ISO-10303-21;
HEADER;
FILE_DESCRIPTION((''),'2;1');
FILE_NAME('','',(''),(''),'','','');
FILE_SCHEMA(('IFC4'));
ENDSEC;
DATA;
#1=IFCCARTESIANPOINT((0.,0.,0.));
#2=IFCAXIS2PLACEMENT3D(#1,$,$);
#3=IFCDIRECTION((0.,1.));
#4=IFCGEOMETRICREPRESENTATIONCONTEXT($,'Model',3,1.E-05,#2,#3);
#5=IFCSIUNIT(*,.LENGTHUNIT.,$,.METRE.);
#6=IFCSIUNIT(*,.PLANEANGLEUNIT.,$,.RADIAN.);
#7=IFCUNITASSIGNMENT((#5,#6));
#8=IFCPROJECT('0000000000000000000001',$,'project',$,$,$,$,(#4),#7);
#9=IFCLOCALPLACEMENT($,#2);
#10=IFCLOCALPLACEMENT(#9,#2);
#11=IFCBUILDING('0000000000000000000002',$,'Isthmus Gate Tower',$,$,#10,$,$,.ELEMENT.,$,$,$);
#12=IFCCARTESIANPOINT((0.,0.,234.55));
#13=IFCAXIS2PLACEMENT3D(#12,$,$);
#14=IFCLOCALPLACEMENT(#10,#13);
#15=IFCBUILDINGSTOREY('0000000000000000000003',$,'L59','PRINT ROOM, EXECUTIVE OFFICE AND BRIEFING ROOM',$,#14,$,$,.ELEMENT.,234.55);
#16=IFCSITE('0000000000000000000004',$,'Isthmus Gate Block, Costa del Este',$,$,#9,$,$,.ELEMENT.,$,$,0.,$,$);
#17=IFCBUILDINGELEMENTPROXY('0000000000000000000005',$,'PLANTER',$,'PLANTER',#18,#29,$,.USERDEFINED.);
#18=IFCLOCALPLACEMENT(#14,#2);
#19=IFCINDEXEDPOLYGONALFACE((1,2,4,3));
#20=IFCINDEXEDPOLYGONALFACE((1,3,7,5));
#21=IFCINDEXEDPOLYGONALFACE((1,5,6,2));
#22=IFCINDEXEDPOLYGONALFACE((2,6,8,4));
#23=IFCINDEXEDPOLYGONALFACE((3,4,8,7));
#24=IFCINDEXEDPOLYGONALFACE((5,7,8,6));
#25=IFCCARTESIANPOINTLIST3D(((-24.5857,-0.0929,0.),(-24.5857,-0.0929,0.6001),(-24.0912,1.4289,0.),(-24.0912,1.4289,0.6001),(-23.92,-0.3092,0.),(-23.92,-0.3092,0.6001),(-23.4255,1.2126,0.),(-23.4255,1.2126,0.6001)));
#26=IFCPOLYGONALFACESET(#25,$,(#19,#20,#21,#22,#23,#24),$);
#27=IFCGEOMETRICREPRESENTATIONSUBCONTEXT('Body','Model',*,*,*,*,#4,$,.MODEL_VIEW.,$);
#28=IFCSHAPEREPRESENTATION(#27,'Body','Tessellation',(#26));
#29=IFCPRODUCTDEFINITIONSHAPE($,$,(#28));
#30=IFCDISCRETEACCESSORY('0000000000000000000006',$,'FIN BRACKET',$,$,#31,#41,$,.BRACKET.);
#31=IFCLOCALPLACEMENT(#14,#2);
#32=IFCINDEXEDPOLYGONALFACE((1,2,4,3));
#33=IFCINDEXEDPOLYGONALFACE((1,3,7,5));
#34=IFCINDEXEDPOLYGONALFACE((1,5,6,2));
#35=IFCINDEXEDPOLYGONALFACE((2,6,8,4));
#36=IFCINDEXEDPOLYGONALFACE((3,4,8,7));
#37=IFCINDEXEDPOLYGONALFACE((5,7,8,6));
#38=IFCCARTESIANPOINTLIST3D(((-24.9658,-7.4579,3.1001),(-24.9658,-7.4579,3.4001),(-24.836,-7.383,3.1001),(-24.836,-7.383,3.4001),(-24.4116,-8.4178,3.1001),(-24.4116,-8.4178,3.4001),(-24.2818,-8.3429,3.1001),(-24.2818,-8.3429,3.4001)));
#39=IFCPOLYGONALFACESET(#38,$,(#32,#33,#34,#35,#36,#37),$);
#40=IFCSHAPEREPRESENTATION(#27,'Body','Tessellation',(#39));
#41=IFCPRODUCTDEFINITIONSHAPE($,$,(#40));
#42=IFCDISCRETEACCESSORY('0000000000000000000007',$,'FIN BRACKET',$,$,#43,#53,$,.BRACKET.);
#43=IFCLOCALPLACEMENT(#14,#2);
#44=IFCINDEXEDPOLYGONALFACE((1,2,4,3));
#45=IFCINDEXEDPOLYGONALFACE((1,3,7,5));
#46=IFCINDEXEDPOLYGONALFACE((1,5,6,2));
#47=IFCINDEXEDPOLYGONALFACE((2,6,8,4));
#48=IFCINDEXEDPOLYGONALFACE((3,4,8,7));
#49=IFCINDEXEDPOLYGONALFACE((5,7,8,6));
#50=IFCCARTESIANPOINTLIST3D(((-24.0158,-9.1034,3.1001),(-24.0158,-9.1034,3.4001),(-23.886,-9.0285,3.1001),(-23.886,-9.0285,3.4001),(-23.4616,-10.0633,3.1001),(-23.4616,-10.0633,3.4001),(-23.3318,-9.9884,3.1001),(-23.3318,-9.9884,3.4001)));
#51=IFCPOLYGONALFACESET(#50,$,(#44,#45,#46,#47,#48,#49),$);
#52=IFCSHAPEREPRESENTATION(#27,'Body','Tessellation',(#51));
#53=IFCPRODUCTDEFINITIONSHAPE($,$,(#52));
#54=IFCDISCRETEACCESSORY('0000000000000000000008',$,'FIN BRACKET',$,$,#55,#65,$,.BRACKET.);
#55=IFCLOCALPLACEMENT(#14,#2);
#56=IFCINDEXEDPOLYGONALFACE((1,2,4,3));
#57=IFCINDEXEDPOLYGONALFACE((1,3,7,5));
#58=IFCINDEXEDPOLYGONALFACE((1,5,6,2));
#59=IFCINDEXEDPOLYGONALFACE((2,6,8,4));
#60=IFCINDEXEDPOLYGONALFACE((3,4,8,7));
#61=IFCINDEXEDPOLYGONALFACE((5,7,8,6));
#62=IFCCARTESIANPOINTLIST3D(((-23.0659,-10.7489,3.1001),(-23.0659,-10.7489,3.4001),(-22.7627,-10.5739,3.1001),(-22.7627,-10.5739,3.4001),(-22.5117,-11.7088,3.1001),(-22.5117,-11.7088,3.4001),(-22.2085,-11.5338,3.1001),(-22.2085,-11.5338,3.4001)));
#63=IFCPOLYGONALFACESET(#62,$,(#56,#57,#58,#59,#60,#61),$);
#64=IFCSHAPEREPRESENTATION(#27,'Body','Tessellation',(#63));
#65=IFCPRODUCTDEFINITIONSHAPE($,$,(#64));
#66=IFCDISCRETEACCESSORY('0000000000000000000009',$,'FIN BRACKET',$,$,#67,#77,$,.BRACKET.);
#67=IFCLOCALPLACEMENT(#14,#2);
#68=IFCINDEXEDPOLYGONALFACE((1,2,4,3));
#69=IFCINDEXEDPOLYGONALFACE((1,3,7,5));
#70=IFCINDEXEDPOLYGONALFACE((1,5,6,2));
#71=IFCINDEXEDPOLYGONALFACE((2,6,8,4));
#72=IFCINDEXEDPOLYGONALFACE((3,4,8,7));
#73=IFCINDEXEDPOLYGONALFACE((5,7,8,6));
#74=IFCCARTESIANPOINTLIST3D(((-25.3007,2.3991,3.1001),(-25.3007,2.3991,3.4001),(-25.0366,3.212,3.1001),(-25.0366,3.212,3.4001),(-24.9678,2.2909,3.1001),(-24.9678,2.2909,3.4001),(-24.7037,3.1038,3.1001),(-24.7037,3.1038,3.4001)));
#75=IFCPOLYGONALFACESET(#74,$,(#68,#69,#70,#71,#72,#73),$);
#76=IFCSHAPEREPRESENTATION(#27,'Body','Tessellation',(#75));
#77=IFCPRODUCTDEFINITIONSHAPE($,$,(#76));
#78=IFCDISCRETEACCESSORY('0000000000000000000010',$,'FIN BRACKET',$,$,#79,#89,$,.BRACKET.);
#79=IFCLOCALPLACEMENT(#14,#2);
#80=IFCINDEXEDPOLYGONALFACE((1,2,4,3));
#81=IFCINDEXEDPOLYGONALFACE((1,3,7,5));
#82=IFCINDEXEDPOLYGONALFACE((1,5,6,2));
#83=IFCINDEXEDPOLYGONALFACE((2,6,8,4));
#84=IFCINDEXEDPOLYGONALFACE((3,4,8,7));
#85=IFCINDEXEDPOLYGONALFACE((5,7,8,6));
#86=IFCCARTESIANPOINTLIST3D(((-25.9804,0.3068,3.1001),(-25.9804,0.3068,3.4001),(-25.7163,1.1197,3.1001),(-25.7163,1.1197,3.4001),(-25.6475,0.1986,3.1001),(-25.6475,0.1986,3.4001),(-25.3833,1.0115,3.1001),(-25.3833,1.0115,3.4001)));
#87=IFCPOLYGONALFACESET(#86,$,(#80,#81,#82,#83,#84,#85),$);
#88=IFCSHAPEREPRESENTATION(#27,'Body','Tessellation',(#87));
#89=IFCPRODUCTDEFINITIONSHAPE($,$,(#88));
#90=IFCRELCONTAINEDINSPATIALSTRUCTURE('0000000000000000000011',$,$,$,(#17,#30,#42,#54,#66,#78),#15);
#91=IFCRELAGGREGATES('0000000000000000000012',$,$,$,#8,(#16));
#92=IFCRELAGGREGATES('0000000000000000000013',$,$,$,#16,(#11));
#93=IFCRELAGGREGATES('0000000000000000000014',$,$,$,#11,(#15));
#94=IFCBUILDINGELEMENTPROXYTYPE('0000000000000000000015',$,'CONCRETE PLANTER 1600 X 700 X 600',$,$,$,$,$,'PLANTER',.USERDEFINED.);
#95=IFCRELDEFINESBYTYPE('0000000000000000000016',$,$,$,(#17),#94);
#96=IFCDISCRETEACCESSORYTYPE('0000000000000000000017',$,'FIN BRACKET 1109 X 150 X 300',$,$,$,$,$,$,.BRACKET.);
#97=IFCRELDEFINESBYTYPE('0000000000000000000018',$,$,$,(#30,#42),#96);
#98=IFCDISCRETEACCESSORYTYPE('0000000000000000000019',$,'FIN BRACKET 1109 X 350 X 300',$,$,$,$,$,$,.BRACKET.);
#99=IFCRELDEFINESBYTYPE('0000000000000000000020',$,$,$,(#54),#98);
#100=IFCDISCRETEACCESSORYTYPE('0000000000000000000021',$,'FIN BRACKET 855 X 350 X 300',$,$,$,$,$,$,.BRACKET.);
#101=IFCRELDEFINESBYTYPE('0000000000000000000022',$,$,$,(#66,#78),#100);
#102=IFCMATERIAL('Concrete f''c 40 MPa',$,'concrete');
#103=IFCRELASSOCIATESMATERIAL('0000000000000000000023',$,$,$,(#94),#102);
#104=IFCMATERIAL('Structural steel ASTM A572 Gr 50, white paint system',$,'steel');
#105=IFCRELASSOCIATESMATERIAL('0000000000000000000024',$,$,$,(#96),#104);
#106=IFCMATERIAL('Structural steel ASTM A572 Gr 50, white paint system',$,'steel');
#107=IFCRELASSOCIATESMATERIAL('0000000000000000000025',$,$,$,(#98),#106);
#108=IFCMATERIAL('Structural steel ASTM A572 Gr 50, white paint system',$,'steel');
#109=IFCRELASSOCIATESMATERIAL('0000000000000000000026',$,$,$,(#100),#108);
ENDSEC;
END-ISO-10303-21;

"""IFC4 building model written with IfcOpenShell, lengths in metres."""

from ifc_helpers import new_model, si_unit, direction, frame, origin, origin_2d, place, context, subcontext, project, spatial, rectangle, extrude, material, type_object, element, save


model = new_model("IFC4")

# Units and contexts
model_context = context("Model", 3, precision=1e-05, world=origin(), true_north=direction((0.0, 1.0)))
body_context = subcontext(model_context, "Body", "Model", "MODEL_VIEW")
ifc_project = project(units=[si_unit("LENGTHUNIT", "METRE"), si_unit("PLANEANGLEUNIT", "RADIAN")], contexts=[model_context])

# Site, building, storey
site_placement = place(None, origin())
site = spatial("IfcSite", under=ifc_project, at=site_placement, Name="Isthmus Gate Block, Costa del Este", CompositionType="ELEMENT", RefElevation=0.0)
building_placement = place(site_placement, origin())
building = spatial("IfcBuilding", under=site, at=building_placement, Name="Isthmus Gate Tower", CompositionType="ELEMENT")
storey_placement = place(building_placement, frame((0.0, 0.0, 234.55)))
storey = spatial("IfcBuildingStorey", under=building, at=storey_placement, Name="L59", Description="PRINT ROOM, EXECUTIVE OFFICE AND BRIEFING ROOM", CompositionType="ELEMENT", Elevation=234.55)

# Building element proxy
ifc_material_1 = material(Name="Concrete f'c 40 MPa", Category="concrete")
building_element_proxy_type = type_object("IfcBuildingElementProxyType", Name="CONCRETE PLANTER 1600 X 700 X 600", ElementType="PLANTER", PredefinedType="USERDEFINED", material=ifc_material_1)
for number, where, z_axis, x_axis, name in (
    (1, (-24.0056, 0.5598, 0.0), (0.0, 0.0, 1.0), (-0.309017, -0.951057, 0.0), "PLANTER"),
):
    element("IfcBuildingElementProxy", number, at=place(storey_placement, frame(where, z_axis=z_axis, x_axis=x_axis)), inside=storey, type_object=building_element_proxy_type, Name=name, ObjectType="PLANTER", PredefinedType="USERDEFINED", context=body_context, shape_type="SweptSolid", body=[
        extrude(rectangle(XDim=1.6001, YDim=0.7, at=origin_2d()), origin(), (0.0, 0.0, 1.0), 0.6001),
    ])

# Discrete accessories
ifc_material_2 = material(Name="Structural steel ASTM A572 Gr 50, white paint system", Category="steel")
discrete_accessory_type_1 = type_object("IfcDiscreteAccessoryType", Name="FIN BRACKET 1109 X 150 X 300", PredefinedType="BRACKET", material=ifc_material_2)
for number, where, z_axis, x_axis, name in (
    (2, (-24.6238, -7.9004, 3.1001), (0.0, 0.0, 1.0), (-0.866025, -0.5, 0.0), "FIN BRACKET"),
    (3, (-23.6738, -9.5459, 3.1001), (0.0, 0.0, 1.0), (-0.866025, -0.5, 0.0), "FIN BRACKET"),
):
    element("IfcDiscreteAccessory", number, at=place(storey_placement, frame(where, z_axis=z_axis, x_axis=x_axis)), inside=storey, type_object=discrete_accessory_type_1, Name=name, PredefinedType="BRACKET", context=body_context, shape_type="SweptSolid", body=[
        extrude(rectangle(XDim=0.1499, YDim=1.1084, at=origin_2d()), origin(), (0.0, 0.0, 1.0), 0.3),
    ])
ifc_material_3 = material(Name="Structural steel ASTM A572 Gr 50, white paint system", Category="steel")
discrete_accessory_type_2 = type_object("IfcDiscreteAccessoryType", Name="FIN BRACKET 1109 X 350 X 300", PredefinedType="BRACKET", material=ifc_material_3)
discrete_accessory_placement = place(storey_placement, frame((-22.6372, -11.1414, 3.1001), z_axis=(0.0, 0.0, 1.0), x_axis=(-0.866025, -0.5, 0.0)))
element("IfcDiscreteAccessory", 4, at=discrete_accessory_placement, inside=storey, type_object=discrete_accessory_type_2, Name="FIN BRACKET", PredefinedType="BRACKET", context=body_context, shape_type="SweptSolid", body=[
    extrude(rectangle(XDim=0.3501, YDim=1.1084, at=origin_2d()), origin(), (0.0, 0.0, 1.0), 0.3),
])
ifc_material_4 = material(Name="Structural steel ASTM A572 Gr 50, white paint system", Category="steel")
discrete_accessory_type_3 = type_object("IfcDiscreteAccessoryType", Name="FIN BRACKET 855 X 350 X 300", PredefinedType="BRACKET", material=ifc_material_4)
for number, where, z_axis, x_axis, name in (
    (5, (-25.0022, 2.7515, 3.1001), (0.0, 0.0, 1.0), (-0.951057, 0.309017, 0.0), "FIN BRACKET"),
    (6, (-25.6819, 0.6592, 3.1001), (0.0, 0.0, 1.0), (-0.951057, 0.309017, 0.0), "FIN BRACKET"),
):
    element("IfcDiscreteAccessory", number, at=place(storey_placement, frame(where, z_axis=z_axis, x_axis=x_axis)), inside=storey, type_object=discrete_accessory_type_3, Name=name, PredefinedType="BRACKET", context=body_context, shape_type="SweptSolid", body=[
        extrude(rectangle(XDim=0.3501, YDim=0.8547, at=origin_2d()), origin(), (0.0, 0.0, 1.0), 0.3),
    ])

save(model, "model.ifc")
